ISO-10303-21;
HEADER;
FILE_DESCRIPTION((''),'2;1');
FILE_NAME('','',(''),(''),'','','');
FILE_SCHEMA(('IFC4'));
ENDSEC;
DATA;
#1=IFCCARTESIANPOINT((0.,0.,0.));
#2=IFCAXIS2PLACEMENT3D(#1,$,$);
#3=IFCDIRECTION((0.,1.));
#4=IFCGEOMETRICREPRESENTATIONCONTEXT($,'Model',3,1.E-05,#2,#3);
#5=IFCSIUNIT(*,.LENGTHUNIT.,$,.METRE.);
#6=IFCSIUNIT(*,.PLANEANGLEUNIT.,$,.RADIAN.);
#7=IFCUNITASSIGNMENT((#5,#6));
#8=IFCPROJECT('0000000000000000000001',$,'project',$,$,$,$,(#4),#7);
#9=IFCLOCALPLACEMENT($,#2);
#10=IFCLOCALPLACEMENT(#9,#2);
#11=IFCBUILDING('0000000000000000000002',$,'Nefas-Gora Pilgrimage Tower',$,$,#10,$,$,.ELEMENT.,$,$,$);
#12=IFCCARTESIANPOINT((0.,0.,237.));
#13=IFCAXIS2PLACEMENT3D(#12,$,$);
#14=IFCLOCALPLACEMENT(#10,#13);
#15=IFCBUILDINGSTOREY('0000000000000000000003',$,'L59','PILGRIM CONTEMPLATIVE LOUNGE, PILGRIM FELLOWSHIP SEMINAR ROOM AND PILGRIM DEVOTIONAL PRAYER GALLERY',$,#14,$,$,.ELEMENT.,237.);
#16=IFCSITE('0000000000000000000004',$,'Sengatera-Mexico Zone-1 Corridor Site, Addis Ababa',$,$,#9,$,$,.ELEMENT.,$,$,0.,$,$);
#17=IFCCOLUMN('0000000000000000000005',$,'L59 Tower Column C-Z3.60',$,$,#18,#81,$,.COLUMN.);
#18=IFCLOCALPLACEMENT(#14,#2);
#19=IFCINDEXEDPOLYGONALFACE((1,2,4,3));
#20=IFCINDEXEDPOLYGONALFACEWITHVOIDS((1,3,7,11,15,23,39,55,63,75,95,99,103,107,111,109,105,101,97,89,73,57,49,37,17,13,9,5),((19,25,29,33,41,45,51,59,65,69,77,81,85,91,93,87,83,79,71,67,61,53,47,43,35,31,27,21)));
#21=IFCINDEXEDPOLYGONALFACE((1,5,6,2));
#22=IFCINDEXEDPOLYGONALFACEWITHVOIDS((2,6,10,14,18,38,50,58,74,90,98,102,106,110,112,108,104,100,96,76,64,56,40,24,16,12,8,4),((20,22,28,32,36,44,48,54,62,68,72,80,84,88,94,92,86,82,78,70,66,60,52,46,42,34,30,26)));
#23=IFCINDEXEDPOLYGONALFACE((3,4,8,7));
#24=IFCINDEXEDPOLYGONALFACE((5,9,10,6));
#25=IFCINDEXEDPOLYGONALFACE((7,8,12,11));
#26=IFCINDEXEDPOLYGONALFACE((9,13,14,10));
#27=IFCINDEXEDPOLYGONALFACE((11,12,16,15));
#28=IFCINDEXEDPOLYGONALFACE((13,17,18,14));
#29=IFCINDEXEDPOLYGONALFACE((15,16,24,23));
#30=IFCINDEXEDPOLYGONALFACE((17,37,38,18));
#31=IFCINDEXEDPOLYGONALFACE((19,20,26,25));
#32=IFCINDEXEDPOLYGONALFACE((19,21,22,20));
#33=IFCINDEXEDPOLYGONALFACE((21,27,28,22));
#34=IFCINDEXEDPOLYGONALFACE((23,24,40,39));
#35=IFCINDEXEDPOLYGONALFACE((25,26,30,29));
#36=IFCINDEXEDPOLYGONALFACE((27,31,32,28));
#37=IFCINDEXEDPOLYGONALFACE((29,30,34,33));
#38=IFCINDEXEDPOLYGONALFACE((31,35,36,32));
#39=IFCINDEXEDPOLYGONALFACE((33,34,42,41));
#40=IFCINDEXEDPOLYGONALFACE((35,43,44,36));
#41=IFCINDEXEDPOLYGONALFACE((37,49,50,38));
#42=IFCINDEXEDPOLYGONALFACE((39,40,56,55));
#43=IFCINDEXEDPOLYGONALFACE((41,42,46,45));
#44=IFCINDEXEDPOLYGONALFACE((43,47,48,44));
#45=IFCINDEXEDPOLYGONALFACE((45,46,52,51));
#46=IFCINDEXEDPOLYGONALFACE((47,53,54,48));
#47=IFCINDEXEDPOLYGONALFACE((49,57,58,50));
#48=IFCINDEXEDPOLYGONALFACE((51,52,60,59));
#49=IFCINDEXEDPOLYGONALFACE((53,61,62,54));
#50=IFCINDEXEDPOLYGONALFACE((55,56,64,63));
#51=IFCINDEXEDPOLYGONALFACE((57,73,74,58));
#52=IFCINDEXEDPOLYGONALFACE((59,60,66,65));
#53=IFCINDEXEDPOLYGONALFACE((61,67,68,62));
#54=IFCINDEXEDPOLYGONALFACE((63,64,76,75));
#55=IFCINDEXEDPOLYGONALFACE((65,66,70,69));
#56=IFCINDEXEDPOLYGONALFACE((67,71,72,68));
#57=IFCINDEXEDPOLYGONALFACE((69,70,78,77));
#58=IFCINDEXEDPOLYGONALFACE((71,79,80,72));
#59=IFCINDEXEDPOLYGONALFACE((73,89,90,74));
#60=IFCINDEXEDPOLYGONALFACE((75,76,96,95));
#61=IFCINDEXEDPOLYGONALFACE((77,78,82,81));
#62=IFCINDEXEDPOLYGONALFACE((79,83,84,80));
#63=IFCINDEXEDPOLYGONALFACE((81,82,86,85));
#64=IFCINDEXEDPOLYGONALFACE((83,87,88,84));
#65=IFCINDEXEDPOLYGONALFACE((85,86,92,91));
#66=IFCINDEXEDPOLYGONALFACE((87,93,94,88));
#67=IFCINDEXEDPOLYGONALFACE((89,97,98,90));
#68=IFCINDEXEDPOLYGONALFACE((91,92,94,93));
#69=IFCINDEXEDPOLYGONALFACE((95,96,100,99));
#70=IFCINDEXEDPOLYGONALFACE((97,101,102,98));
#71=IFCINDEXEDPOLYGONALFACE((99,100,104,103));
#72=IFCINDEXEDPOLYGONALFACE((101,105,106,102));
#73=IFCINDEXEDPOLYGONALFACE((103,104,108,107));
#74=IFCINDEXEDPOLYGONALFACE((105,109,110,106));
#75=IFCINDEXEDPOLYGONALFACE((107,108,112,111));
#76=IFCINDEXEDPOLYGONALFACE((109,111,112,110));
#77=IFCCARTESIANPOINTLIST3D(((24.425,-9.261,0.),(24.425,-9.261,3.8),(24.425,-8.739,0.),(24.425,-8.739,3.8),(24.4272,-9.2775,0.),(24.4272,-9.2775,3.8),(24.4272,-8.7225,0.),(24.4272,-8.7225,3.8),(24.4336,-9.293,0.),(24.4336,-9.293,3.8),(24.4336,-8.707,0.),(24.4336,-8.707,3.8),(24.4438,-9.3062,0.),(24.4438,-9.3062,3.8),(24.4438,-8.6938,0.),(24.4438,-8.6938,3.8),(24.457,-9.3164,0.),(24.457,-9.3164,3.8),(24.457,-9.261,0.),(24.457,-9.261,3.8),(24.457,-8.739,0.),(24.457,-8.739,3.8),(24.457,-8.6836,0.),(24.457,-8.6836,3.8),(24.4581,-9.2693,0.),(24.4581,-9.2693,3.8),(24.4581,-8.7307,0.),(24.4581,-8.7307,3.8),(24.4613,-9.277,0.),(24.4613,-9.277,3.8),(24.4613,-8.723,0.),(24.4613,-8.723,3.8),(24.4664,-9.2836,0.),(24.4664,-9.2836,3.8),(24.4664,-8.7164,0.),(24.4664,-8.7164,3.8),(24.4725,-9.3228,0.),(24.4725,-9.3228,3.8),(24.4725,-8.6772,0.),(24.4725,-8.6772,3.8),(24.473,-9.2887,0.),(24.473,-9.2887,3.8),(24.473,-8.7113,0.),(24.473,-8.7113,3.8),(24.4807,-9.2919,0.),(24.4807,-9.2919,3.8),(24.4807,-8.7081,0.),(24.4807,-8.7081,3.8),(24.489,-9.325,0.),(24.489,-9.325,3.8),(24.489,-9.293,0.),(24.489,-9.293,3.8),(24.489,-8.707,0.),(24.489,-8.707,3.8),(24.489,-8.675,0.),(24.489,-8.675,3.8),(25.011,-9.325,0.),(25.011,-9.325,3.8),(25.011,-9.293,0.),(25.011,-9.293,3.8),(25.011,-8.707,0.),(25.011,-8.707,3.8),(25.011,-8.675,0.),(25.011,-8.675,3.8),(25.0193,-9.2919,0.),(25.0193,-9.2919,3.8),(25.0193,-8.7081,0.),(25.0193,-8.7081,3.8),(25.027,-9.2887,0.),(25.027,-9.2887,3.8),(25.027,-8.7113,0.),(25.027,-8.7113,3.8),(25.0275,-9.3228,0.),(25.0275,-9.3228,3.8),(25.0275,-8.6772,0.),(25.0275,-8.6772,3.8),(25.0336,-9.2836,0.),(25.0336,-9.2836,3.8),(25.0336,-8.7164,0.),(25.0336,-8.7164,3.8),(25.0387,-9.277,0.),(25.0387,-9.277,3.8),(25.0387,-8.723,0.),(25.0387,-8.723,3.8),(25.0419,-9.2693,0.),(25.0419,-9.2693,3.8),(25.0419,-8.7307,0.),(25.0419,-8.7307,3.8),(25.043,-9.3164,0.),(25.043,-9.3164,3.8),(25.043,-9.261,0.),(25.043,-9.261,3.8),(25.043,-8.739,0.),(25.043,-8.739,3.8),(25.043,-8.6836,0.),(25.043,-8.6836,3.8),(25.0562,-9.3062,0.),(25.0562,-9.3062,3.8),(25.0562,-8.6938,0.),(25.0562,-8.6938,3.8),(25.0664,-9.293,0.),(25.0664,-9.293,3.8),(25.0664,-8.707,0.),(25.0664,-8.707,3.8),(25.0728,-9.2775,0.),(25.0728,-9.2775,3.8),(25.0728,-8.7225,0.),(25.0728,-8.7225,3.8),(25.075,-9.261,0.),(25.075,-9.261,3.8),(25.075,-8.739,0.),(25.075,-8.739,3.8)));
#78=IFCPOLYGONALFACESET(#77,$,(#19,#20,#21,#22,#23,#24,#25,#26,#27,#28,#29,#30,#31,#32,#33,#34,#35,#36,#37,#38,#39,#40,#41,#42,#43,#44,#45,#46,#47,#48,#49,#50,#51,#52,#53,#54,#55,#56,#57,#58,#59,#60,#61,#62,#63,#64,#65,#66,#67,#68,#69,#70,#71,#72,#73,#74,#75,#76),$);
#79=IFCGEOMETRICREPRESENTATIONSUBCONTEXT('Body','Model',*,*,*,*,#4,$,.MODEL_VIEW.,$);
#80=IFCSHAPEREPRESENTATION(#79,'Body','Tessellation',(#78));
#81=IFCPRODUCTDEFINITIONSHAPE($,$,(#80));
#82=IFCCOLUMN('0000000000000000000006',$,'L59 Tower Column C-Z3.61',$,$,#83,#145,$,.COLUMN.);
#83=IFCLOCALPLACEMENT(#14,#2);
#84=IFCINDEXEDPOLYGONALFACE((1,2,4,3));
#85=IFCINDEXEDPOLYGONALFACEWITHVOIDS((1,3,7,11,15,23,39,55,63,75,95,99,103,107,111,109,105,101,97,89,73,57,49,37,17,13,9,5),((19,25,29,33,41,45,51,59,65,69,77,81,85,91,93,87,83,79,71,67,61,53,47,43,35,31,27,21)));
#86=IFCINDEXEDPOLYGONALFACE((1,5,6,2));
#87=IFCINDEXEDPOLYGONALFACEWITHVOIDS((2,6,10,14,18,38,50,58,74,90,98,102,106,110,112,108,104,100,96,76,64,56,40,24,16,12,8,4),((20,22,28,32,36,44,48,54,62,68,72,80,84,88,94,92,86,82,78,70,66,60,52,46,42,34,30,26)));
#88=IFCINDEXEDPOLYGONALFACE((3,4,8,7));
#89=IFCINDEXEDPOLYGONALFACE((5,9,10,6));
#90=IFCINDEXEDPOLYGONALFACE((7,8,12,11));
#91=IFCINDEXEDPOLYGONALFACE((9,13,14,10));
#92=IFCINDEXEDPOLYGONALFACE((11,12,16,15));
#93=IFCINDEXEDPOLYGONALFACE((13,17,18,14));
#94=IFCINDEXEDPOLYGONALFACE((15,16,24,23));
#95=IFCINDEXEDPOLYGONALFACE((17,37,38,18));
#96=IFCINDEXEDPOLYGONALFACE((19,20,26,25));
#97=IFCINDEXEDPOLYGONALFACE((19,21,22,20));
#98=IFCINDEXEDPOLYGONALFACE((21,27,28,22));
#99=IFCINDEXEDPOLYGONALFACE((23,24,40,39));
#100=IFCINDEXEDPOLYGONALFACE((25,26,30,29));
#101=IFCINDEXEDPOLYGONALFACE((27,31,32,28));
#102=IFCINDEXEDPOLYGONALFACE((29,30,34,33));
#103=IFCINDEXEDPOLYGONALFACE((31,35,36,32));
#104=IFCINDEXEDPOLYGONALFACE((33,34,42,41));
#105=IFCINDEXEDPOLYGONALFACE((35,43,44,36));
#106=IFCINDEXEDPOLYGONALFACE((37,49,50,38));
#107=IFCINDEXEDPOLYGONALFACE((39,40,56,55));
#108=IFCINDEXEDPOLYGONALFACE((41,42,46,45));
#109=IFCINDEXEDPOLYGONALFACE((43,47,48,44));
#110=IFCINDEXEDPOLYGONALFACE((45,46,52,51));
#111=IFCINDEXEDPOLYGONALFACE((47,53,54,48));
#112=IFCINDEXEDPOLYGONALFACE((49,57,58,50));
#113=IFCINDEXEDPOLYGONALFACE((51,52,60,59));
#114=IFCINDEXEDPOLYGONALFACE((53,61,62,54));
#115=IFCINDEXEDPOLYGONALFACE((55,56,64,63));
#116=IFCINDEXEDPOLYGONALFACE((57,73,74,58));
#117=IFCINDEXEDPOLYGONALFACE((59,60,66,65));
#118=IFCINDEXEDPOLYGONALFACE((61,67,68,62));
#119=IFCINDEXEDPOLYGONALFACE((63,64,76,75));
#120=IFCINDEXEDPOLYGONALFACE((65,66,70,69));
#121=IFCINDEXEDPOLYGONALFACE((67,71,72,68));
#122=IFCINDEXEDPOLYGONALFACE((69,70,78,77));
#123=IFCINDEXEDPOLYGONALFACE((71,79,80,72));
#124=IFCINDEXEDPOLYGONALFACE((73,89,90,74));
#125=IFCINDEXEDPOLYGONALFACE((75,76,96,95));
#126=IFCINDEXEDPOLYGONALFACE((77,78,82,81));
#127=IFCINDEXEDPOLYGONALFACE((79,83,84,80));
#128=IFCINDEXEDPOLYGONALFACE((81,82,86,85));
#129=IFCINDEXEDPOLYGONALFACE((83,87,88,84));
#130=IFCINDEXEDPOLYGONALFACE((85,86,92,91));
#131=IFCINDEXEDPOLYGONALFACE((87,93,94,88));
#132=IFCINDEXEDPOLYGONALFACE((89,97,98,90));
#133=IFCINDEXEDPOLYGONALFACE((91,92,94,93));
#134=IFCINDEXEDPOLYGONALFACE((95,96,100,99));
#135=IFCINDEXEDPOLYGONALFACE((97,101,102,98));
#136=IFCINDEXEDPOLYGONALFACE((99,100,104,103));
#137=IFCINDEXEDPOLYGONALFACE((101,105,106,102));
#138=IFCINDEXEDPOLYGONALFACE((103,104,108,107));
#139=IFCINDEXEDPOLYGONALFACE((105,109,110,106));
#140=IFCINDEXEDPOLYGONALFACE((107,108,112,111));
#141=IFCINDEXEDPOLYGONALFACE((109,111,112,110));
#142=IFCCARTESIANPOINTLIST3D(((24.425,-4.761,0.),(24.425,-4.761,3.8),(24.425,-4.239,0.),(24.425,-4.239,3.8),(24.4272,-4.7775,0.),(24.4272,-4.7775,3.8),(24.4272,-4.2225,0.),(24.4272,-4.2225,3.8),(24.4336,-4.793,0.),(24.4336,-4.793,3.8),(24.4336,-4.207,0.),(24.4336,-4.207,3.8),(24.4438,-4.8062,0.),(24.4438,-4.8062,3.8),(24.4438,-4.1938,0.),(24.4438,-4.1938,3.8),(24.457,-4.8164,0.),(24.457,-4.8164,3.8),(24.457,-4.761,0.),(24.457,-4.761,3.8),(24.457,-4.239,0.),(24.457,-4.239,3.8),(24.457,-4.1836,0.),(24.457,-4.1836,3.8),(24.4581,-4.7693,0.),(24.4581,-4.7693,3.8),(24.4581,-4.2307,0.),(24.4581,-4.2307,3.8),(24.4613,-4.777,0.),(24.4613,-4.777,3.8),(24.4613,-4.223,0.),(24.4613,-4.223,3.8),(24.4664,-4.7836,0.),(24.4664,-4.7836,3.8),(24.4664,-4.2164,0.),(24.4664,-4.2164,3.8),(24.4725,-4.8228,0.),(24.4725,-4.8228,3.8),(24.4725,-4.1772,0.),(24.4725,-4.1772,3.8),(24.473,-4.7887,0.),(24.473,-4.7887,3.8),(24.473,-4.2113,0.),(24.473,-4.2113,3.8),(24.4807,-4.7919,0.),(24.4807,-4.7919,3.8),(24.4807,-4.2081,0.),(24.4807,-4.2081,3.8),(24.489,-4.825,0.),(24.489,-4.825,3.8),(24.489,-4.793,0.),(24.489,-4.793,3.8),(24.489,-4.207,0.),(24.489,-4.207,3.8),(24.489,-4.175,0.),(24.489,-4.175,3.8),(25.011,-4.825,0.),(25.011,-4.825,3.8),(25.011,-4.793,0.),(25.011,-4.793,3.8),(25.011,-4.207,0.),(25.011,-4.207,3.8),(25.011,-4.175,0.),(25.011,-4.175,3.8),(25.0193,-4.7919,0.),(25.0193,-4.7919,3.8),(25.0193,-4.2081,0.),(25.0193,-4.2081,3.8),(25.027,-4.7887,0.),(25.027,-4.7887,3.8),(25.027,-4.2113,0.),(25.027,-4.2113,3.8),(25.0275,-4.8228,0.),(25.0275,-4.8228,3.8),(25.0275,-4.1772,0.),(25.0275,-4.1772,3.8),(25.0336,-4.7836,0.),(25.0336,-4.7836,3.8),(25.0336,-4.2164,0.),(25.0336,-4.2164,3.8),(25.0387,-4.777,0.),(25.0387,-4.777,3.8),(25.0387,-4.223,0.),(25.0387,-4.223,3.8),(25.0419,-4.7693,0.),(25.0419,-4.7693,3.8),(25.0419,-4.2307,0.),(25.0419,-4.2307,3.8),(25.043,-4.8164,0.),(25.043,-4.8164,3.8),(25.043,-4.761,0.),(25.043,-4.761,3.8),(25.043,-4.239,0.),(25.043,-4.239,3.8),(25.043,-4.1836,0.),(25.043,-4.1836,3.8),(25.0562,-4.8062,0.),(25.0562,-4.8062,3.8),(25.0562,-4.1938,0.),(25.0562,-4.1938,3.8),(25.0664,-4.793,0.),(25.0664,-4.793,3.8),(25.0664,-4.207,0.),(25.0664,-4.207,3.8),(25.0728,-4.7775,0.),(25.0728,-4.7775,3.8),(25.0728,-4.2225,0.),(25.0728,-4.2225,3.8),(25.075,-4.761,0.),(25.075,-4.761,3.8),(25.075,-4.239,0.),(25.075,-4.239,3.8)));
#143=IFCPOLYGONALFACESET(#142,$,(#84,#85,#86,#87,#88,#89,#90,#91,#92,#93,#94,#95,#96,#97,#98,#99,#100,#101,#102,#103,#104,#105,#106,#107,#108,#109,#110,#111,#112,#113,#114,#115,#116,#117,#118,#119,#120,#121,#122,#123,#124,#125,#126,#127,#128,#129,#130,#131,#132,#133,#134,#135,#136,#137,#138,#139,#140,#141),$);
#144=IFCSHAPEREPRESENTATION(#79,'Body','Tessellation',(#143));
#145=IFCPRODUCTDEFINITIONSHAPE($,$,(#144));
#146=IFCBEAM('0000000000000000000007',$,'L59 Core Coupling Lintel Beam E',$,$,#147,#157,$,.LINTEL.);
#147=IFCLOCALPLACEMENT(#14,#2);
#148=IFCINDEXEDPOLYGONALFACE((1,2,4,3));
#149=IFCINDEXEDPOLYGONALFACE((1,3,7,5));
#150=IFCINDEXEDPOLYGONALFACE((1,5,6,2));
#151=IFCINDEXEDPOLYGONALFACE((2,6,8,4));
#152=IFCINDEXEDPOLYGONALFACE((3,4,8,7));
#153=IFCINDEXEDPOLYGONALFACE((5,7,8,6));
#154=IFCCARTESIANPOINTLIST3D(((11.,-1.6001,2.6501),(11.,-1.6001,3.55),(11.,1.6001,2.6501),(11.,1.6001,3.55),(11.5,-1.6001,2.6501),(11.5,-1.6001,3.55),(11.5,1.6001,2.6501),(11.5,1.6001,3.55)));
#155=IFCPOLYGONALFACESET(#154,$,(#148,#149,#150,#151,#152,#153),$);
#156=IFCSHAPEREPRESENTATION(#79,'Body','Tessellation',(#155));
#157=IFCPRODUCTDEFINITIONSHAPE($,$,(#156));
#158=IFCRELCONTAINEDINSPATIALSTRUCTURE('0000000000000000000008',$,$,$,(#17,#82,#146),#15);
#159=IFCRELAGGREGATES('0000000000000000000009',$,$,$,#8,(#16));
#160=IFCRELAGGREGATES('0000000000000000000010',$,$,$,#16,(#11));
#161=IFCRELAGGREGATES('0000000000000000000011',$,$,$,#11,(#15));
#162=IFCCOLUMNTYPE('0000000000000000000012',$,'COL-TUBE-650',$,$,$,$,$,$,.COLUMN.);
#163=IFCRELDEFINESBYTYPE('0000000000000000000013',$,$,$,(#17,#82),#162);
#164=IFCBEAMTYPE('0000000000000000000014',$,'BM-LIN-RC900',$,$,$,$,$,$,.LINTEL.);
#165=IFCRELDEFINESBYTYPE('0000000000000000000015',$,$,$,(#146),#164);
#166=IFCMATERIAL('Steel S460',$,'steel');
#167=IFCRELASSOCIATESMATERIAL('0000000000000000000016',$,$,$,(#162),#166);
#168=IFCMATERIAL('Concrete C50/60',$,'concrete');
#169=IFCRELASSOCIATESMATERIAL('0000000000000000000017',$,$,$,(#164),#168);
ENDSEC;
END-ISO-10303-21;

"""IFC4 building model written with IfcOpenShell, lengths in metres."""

from ifc_helpers import new_model, si_unit, direction, frame, origin, origin_2d, place, context, subcontext, project, spatial, rectangle, hollow_rectangle, extrude, source, transform, mapped, material, material_profile, profile_set, type_object, element, save


model = new_model("IFC4")

# Units and contexts
model_context = context("Model", 3, precision=1e-05, world=origin(), true_north=direction((0.0, 1.0)))
body_context = subcontext(model_context, "Body", "Model", "MODEL_VIEW")
ifc_project = project(units=[si_unit("LENGTHUNIT", "METRE"), si_unit("PLANEANGLEUNIT", "RADIAN")], contexts=[model_context])

# Site, building, storey
site_placement = place(None, origin())
site = spatial("IfcSite", under=ifc_project, at=site_placement, Name="Sengatera-Mexico Zone-1 Corridor Site, Addis Ababa", CompositionType="ELEMENT", RefElevation=0.0)
building_placement = place(site_placement, origin())
building = spatial("IfcBuilding", under=site, at=building_placement, Name="Nefas-Gora Pilgrimage Tower", CompositionType="ELEMENT")
storey_placement = place(building_placement, frame((0.0, 0.0, 237.0)))
storey = spatial("IfcBuildingStorey", under=building, at=storey_placement, Name="L59", Description="PILGRIM CONTEMPLATIVE LOUNGE, PILGRIM FELLOWSHIP SEMINAR ROOM AND PILGRIM DEVOTIONAL PRAYER GALLERY", CompositionType="ELEMENT", Elevation=237.0)

# Columns
ifc_material_1 = material(Name="Steel S460", Category="steel")
ifc_material_profile_1 = material_profile(ifc_material_1, hollow_rectangle(XDim=0.6499, YDim=0.6499, WallThickness=0.032, InnerFilletRadius=0.032, OuterFilletRadius=0.064, at=origin_2d()), Name="BOX 650x650x32")
ifc_profile_set_1 = profile_set([ifc_material_profile_1], Name="Steel S460")
column_type_1 = type_object("IfcColumnType", Name="COL-TUBE-650", PredefinedType="COLUMN", material=ifc_profile_set_1)
shared_shape_1 = source(origin(), body_context, "Body", "SweptSolid", [
    extrude(hollow_rectangle(XDim=0.6499, YDim=0.6499, WallThickness=0.032, InnerFilletRadius=0.032, OuterFilletRadius=0.064, at=origin_2d()), origin(), (0.0, 0.0, 1.0), 3.8),
])
for number, where, z_axis, x_axis, name in (
    (1, (24.75, -9.0, 0.0), (0.0, 0.0, 1.0), (1.0, 0.0, 0.0), "L59 Tower Column C-Z3.60"),
    (2, (24.75, -4.5, 0.0), (0.0, 0.0, 1.0), (1.0, 0.0, 0.0), "L59 Tower Column C-Z3.61"),
):
    element("IfcColumn", number, at=place(storey_placement, frame(where, z_axis=z_axis, x_axis=x_axis)), inside=storey, type_object=column_type_1, Name=name, PredefinedType="COLUMN", context=body_context, shape_type="MappedRepresentation", body=[
        mapped(shared_shape_1, transform((0.0, 0.0, 0.0), x_axis=(1.0, 0.0, 0.0), y_axis=(0.0, 1.0, 0.0), z_axis=(0.0, 0.0, 1.0), scale=1.0)),
    ])

# Beam
ifc_material_2 = material(Name="Concrete C50/60", Category="concrete")
ifc_material_profile_2 = material_profile(ifc_material_2, rectangle(XDim=0.5, YDim=0.8999, at=origin_2d()), Name="RC 500x900")
ifc_profile_set_2 = profile_set([ifc_material_profile_2], Name="Concrete C50/60")
beam_type_1 = type_object("IfcBeamType", Name="BM-LIN-RC900", PredefinedType="LINTEL", material=ifc_profile_set_2)
shared_shape_2 = source(origin(), body_context, "Body", "SweptSolid", [
    extrude(rectangle(XDim=0.5, YDim=0.8999, at=origin_2d()), origin(), (0.0, 0.0, 1.0), 3.2002),
])
beam_placement = place(storey_placement, frame((11.25, -1.6001, 3.1001), z_axis=(0.0, 1.0, 0.0), x_axis=(-1.0, 0.0, 0.0)))
element("IfcBeam", 3, at=beam_placement, inside=storey, type_object=beam_type_1, Name="L59 Core Coupling Lintel Beam E", PredefinedType="LINTEL", context=body_context, shape_type="MappedRepresentation", body=[
    mapped(shared_shape_2, transform((0.0, 0.0, 0.0), x_axis=(1.0, 0.0, 0.0), y_axis=(0.0, 1.0, 0.0), z_axis=(0.0, 0.0, 1.0), scale=1.0)),
])

save(model, "model.ifc")
